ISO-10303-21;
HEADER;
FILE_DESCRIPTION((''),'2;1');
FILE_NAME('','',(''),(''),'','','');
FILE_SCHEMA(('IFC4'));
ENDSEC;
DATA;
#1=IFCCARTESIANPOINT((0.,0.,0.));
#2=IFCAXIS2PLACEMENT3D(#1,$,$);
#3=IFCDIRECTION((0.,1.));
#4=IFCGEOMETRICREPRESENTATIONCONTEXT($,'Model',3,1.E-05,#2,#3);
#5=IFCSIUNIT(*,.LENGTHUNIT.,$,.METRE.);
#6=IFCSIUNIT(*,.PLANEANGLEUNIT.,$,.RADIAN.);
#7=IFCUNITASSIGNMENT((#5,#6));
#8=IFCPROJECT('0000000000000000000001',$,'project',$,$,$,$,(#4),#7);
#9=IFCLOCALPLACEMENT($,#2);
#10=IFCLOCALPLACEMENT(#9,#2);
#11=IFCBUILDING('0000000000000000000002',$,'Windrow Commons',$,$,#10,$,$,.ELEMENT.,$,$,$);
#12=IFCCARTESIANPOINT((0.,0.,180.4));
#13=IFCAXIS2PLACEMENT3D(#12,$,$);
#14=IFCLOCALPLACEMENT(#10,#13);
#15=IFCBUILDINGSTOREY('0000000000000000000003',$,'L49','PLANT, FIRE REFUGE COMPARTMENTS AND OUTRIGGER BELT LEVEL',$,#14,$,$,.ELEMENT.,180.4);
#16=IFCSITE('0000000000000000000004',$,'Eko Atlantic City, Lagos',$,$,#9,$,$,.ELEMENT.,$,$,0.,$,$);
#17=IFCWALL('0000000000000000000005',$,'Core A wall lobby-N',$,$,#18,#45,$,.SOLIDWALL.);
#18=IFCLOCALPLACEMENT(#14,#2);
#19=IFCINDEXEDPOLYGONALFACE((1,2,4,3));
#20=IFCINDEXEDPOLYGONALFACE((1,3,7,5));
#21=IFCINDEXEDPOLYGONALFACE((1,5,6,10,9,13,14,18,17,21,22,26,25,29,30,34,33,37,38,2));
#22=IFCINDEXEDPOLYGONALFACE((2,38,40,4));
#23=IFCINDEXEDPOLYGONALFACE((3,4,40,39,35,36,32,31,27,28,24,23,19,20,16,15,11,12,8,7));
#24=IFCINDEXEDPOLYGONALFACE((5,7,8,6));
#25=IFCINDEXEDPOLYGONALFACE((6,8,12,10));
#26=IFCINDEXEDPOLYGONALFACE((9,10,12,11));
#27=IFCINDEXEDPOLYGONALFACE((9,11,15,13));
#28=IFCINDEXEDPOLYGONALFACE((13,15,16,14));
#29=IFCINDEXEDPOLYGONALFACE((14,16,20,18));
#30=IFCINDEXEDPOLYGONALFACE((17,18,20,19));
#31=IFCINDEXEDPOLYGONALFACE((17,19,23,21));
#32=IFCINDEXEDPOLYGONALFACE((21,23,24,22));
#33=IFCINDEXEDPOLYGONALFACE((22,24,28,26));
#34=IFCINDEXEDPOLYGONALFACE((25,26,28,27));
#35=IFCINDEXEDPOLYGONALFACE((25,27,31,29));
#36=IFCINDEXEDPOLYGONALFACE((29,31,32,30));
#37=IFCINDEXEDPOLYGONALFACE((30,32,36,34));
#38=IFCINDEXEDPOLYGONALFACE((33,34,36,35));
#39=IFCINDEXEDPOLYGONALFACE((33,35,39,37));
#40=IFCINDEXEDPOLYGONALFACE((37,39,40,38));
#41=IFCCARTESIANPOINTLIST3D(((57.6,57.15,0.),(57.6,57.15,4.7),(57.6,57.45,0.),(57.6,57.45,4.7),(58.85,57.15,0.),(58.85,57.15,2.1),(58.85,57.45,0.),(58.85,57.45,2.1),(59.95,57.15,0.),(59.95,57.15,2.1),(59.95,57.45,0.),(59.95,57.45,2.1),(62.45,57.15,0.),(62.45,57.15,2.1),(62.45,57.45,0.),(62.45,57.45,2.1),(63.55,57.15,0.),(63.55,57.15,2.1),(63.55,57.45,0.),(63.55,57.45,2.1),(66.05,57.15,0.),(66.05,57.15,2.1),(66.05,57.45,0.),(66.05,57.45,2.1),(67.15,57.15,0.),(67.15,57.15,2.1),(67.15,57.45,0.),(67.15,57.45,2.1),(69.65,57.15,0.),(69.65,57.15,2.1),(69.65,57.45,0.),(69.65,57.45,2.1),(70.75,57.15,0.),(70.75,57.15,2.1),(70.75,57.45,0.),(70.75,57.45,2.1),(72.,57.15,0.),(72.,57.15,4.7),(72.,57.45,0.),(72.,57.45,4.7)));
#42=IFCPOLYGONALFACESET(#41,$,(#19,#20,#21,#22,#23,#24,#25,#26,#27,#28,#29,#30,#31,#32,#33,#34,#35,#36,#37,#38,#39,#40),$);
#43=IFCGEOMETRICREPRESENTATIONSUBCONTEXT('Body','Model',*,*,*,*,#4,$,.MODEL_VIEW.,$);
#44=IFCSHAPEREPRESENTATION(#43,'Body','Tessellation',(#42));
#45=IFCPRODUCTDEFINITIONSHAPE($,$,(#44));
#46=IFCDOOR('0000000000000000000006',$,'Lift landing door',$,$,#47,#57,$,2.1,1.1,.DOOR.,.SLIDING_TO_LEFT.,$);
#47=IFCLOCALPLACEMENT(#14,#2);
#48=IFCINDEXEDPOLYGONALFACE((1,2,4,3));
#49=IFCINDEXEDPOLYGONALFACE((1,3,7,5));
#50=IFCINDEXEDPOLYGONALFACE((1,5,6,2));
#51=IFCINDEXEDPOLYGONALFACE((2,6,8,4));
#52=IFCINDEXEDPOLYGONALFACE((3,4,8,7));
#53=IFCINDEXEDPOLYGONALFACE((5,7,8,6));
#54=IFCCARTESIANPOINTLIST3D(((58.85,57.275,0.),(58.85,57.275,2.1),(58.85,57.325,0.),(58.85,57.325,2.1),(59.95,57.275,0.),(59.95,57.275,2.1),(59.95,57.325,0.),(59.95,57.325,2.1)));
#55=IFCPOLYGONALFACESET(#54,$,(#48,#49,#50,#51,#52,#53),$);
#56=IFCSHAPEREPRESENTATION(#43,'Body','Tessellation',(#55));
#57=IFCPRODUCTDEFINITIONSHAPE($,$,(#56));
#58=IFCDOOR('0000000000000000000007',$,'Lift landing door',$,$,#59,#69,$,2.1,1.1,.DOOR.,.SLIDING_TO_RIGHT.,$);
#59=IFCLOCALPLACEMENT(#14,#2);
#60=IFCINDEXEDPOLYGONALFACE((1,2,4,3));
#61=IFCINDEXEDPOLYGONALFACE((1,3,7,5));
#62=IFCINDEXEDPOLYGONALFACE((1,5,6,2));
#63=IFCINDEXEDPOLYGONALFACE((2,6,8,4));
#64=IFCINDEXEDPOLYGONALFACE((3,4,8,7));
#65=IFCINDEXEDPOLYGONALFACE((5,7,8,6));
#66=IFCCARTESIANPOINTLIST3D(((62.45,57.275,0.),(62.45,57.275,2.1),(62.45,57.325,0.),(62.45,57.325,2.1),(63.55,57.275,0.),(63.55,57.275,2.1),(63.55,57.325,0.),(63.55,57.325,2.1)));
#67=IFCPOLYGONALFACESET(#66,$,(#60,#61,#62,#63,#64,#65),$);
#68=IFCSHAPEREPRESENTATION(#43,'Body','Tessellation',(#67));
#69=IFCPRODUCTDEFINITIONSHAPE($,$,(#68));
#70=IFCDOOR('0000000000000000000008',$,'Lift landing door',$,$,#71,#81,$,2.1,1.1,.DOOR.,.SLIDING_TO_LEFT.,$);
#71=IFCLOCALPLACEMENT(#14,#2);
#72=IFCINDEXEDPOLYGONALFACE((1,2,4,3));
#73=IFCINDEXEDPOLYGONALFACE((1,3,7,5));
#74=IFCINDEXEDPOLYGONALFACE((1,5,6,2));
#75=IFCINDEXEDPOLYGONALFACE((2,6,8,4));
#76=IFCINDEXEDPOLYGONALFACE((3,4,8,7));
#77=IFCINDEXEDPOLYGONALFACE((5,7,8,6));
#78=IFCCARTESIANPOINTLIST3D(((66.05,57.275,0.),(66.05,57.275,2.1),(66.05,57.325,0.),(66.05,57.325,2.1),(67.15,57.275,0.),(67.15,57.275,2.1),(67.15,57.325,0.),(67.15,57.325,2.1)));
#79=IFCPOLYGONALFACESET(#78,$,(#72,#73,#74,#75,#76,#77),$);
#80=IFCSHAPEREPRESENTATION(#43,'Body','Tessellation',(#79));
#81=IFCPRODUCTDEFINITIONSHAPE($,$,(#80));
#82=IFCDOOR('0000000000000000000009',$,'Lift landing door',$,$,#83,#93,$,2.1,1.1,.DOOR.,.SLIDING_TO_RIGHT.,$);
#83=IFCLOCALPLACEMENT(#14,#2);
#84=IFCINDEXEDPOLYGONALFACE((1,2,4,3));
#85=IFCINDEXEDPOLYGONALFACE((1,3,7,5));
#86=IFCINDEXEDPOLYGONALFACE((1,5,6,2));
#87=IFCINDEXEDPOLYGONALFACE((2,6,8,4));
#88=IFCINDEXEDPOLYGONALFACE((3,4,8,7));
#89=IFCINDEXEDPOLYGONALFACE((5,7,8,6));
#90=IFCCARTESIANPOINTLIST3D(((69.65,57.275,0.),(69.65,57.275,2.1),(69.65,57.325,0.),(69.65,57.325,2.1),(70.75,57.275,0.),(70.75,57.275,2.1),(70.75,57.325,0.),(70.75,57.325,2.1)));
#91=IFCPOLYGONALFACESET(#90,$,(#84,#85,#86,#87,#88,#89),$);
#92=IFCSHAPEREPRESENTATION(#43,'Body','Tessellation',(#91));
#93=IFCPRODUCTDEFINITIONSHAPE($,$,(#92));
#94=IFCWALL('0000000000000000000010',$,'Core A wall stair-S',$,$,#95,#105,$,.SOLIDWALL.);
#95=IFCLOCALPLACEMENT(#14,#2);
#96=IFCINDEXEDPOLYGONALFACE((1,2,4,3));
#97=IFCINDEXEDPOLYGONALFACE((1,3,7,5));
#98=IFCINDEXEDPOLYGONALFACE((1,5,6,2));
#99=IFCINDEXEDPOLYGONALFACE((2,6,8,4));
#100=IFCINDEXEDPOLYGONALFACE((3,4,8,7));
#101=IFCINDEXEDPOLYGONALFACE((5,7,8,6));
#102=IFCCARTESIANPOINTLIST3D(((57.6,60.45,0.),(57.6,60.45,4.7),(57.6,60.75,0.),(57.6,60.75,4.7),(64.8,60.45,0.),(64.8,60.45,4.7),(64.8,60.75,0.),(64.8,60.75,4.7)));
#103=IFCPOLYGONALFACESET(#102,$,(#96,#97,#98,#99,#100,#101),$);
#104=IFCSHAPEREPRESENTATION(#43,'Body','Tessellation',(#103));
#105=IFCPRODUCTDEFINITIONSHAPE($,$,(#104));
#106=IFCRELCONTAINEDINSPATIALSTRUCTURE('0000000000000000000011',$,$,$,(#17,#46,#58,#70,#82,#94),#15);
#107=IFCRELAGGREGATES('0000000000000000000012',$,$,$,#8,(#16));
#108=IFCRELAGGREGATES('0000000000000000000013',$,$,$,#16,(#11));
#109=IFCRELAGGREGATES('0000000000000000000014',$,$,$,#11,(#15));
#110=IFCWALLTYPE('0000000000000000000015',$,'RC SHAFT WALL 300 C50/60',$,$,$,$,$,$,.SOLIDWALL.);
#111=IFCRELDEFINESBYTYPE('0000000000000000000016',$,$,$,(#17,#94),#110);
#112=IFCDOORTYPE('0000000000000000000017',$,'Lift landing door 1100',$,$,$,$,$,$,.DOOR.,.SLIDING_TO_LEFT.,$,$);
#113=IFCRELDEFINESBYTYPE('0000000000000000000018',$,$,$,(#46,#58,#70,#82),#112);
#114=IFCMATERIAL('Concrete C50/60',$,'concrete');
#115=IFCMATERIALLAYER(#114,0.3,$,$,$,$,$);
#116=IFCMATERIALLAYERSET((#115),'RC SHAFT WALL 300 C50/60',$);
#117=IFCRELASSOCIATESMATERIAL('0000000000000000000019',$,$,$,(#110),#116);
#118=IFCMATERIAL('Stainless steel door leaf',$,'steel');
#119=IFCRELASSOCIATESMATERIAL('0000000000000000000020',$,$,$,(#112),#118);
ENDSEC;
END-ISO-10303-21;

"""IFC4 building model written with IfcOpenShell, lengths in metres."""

from ifc_helpers import new_model, si_unit, direction, frame, frame_2d, origin, place, context, subcontext, project, spatial, rectangle, extrude, material, layer, layer_set, type_object, element, fill, save


model = new_model("IFC4")

# Units and contexts
model_context = context("Model", 3, precision=1e-05, world=origin(), true_north=direction((0.0, 1.0)))
body_context = subcontext(model_context, "Body", "Model", "MODEL_VIEW")
ifc_project = project(units=[si_unit("LENGTHUNIT", "METRE"), si_unit("PLANEANGLEUNIT", "RADIAN")], contexts=[model_context])

# Site, building, storey
site_placement = place(None, origin())
site = spatial("IfcSite", under=ifc_project, at=site_placement, Name="Eko Atlantic City, Lagos", CompositionType="ELEMENT", RefElevation=0.0)
building_placement = place(site_placement, origin())
building = spatial("IfcBuilding", under=site, at=building_placement, Name="Windrow Commons", CompositionType="ELEMENT")
storey_placement = place(building_placement, frame((0.0, 0.0, 180.4)))
storey = spatial("IfcBuildingStorey", under=building, at=storey_placement, Name="L49", Description="PLANT, FIRE REFUGE COMPARTMENTS AND OUTRIGGER BELT LEVEL", CompositionType="ELEMENT", Elevation=180.4)

# Shared definitions
ifc_material_1 = material(Name="Concrete C50/60", Category="concrete")
ifc_layer_1 = layer(ifc_material_1, 0.3)
ifc_layer_set_1 = layer_set([ifc_layer_1], Name="RC SHAFT WALL 300 C50/60")
wall_type_1 = type_object("IfcWallType", Name="RC SHAFT WALL 300 C50/60", PredefinedType="SOLIDWALL", material=ifc_layer_set_1)

# Wall, openings, doors
ifc_material_2 = material(Name="Stainless steel door leaf", Category="steel")
door_type_1 = type_object("IfcDoorType", Name="Lift landing door 1100", OperationType="SLIDING_TO_LEFT", PredefinedType="DOOR", material=ifc_material_2)
wall_1_placement = place(storey_placement, frame((57.6, 57.3, 0.0), z_axis=(0.0, 0.0, 1.0), x_axis=(1.0, 0.0, 0.0)))
wall_1 = element("IfcWall", 1, at=wall_1_placement, inside=storey, type_object=wall_type_1, Name="Core A wall lobby-N", PredefinedType="SOLIDWALL", context=body_context, shape_type="SweptSolid", body=[
    extrude(rectangle(XDim=14.4, YDim=0.3, at=frame_2d((7.2, 0.0))), origin(), (0.0, 0.0, 1.0), 4.7),
])
opening_1_placement = place(wall_1_placement, frame((1.25, 0.0, 0.0)))
opening_1 = element("IfcOpeningElement", 2, at=opening_1_placement, cuts=wall_1, PredefinedType="OPENING", context=body_context, shape_type="SweptSolid", body=[
    extrude(rectangle(XDim=1.1, YDim=2.1, at=frame_2d((0.55, 1.05))), frame((0.0, 0.16, 0.0), z_axis=(0.0, -1.0, 0.0), x_axis=(1.0, 0.0, 0.0)), (0.0, 0.0, 1.0), 0.32),
])
opening_2_placement = place(wall_1_placement, frame((4.85, 0.0, 0.0)))
opening_2 = element("IfcOpeningElement", 3, at=opening_2_placement, cuts=wall_1, PredefinedType="OPENING", context=body_context, shape_type="SweptSolid", body=[
    extrude(rectangle(XDim=1.1, YDim=2.1, at=frame_2d((0.55, 1.05))), frame((0.0, 0.16, 0.0), z_axis=(0.0, -1.0, 0.0), x_axis=(1.0, 0.0, 0.0)), (0.0, 0.0, 1.0), 0.32),
])
opening_3_placement = place(wall_1_placement, frame((8.45, 0.0, 0.0)))
opening_3 = element("IfcOpeningElement", 4, at=opening_3_placement, cuts=wall_1, PredefinedType="OPENING", context=body_context, shape_type="SweptSolid", body=[
    extrude(rectangle(XDim=1.1, YDim=2.1, at=frame_2d((0.55, 1.05))), frame((0.0, 0.16, 0.0), z_axis=(0.0, -1.0, 0.0), x_axis=(1.0, 0.0, 0.0)), (0.0, 0.0, 1.0), 0.32),
])
opening_4_placement = place(wall_1_placement, frame((12.05, 0.0, 0.0)))
opening_4 = element("IfcOpeningElement", 5, at=opening_4_placement, cuts=wall_1, PredefinedType="OPENING", context=body_context, shape_type="SweptSolid", body=[
    extrude(rectangle(XDim=1.1, YDim=2.1, at=frame_2d((0.55, 1.05))), frame((0.0, 0.16, 0.0), z_axis=(0.0, -1.0, 0.0), x_axis=(1.0, 0.0, 0.0)), (0.0, 0.0, 1.0), 0.32),
])
door_1_placement = place(opening_1_placement, origin())
door_1 = element("IfcDoor", 6, at=door_1_placement, inside=storey, type_object=door_type_1, Name="Lift landing door", OperationType="SLIDING_TO_LEFT", OverallHeight=2.1, OverallWidth=1.1, PredefinedType="DOOR", context=body_context, shape_type="SweptSolid", body=[
    extrude(rectangle(XDim=1.1, YDim=2.1, at=frame_2d((0.55, 1.05))), frame((0.0, 0.025, 0.0), z_axis=(0.0, -1.0, 0.0), x_axis=(1.0, 0.0, 0.0)), (0.0, 0.0, 1.0), 0.05),
])
fill(opening_1, door_1)
door_2_placement = place(opening_2_placement, origin())
door_2 = element("IfcDoor", 7, at=door_2_placement, inside=storey, type_object=door_type_1, Name="Lift landing door", OperationType="SLIDING_TO_RIGHT", OverallHeight=2.1, OverallWidth=1.1, PredefinedType="DOOR", context=body_context, shape_type="SweptSolid", body=[
    extrude(rectangle(XDim=1.1, YDim=2.1, at=frame_2d((0.55, 1.05))), frame((0.0, 0.025, 0.0), z_axis=(0.0, -1.0, 0.0), x_axis=(1.0, 0.0, 0.0)), (0.0, 0.0, 1.0), 0.05),
])
fill(opening_2, door_2)
door_3_placement = place(opening_3_placement, origin())
door_3 = element("IfcDoor", 8, at=door_3_placement, inside=storey, type_object=door_type_1, Name="Lift landing door", OperationType="SLIDING_TO_LEFT", OverallHeight=2.1, OverallWidth=1.1, PredefinedType="DOOR", context=body_context, shape_type="SweptSolid", body=[
    extrude(rectangle(XDim=1.1, YDim=2.1, at=frame_2d((0.55, 1.05))), frame((0.0, 0.025, 0.0), z_axis=(0.0, -1.0, 0.0), x_axis=(1.0, 0.0, 0.0)), (0.0, 0.0, 1.0), 0.05),
])
fill(opening_3, door_3)
door_4_placement = place(opening_4_placement, origin())
door_4 = element("IfcDoor", 9, at=door_4_placement, inside=storey, type_object=door_type_1, Name="Lift landing door", OperationType="SLIDING_TO_RIGHT", OverallHeight=2.1, OverallWidth=1.1, PredefinedType="DOOR", context=body_context, shape_type="SweptSolid", body=[
    extrude(rectangle(XDim=1.1, YDim=2.1, at=frame_2d((0.55, 1.05))), frame((0.0, 0.025, 0.0), z_axis=(0.0, -1.0, 0.0), x_axis=(1.0, 0.0, 0.0)), (0.0, 0.0, 1.0), 0.05),
])
fill(opening_4, door_4)

# Wall
wall_2_placement = place(storey_placement, frame((57.6, 60.6, 0.0), z_axis=(0.0, 0.0, 1.0), x_axis=(1.0, 0.0, 0.0)))
element("IfcWall", 10, at=wall_2_placement, inside=storey, type_object=wall_type_1, Name="Core A wall stair-S", PredefinedType="SOLIDWALL", context=body_context, shape_type="SweptSolid", body=[
    extrude(rectangle(XDim=7.2, YDim=0.3, at=frame_2d((3.6, 0.0))), origin(), (0.0, 0.0, 1.0), 4.7),
])

save(model, "model.ifc")
